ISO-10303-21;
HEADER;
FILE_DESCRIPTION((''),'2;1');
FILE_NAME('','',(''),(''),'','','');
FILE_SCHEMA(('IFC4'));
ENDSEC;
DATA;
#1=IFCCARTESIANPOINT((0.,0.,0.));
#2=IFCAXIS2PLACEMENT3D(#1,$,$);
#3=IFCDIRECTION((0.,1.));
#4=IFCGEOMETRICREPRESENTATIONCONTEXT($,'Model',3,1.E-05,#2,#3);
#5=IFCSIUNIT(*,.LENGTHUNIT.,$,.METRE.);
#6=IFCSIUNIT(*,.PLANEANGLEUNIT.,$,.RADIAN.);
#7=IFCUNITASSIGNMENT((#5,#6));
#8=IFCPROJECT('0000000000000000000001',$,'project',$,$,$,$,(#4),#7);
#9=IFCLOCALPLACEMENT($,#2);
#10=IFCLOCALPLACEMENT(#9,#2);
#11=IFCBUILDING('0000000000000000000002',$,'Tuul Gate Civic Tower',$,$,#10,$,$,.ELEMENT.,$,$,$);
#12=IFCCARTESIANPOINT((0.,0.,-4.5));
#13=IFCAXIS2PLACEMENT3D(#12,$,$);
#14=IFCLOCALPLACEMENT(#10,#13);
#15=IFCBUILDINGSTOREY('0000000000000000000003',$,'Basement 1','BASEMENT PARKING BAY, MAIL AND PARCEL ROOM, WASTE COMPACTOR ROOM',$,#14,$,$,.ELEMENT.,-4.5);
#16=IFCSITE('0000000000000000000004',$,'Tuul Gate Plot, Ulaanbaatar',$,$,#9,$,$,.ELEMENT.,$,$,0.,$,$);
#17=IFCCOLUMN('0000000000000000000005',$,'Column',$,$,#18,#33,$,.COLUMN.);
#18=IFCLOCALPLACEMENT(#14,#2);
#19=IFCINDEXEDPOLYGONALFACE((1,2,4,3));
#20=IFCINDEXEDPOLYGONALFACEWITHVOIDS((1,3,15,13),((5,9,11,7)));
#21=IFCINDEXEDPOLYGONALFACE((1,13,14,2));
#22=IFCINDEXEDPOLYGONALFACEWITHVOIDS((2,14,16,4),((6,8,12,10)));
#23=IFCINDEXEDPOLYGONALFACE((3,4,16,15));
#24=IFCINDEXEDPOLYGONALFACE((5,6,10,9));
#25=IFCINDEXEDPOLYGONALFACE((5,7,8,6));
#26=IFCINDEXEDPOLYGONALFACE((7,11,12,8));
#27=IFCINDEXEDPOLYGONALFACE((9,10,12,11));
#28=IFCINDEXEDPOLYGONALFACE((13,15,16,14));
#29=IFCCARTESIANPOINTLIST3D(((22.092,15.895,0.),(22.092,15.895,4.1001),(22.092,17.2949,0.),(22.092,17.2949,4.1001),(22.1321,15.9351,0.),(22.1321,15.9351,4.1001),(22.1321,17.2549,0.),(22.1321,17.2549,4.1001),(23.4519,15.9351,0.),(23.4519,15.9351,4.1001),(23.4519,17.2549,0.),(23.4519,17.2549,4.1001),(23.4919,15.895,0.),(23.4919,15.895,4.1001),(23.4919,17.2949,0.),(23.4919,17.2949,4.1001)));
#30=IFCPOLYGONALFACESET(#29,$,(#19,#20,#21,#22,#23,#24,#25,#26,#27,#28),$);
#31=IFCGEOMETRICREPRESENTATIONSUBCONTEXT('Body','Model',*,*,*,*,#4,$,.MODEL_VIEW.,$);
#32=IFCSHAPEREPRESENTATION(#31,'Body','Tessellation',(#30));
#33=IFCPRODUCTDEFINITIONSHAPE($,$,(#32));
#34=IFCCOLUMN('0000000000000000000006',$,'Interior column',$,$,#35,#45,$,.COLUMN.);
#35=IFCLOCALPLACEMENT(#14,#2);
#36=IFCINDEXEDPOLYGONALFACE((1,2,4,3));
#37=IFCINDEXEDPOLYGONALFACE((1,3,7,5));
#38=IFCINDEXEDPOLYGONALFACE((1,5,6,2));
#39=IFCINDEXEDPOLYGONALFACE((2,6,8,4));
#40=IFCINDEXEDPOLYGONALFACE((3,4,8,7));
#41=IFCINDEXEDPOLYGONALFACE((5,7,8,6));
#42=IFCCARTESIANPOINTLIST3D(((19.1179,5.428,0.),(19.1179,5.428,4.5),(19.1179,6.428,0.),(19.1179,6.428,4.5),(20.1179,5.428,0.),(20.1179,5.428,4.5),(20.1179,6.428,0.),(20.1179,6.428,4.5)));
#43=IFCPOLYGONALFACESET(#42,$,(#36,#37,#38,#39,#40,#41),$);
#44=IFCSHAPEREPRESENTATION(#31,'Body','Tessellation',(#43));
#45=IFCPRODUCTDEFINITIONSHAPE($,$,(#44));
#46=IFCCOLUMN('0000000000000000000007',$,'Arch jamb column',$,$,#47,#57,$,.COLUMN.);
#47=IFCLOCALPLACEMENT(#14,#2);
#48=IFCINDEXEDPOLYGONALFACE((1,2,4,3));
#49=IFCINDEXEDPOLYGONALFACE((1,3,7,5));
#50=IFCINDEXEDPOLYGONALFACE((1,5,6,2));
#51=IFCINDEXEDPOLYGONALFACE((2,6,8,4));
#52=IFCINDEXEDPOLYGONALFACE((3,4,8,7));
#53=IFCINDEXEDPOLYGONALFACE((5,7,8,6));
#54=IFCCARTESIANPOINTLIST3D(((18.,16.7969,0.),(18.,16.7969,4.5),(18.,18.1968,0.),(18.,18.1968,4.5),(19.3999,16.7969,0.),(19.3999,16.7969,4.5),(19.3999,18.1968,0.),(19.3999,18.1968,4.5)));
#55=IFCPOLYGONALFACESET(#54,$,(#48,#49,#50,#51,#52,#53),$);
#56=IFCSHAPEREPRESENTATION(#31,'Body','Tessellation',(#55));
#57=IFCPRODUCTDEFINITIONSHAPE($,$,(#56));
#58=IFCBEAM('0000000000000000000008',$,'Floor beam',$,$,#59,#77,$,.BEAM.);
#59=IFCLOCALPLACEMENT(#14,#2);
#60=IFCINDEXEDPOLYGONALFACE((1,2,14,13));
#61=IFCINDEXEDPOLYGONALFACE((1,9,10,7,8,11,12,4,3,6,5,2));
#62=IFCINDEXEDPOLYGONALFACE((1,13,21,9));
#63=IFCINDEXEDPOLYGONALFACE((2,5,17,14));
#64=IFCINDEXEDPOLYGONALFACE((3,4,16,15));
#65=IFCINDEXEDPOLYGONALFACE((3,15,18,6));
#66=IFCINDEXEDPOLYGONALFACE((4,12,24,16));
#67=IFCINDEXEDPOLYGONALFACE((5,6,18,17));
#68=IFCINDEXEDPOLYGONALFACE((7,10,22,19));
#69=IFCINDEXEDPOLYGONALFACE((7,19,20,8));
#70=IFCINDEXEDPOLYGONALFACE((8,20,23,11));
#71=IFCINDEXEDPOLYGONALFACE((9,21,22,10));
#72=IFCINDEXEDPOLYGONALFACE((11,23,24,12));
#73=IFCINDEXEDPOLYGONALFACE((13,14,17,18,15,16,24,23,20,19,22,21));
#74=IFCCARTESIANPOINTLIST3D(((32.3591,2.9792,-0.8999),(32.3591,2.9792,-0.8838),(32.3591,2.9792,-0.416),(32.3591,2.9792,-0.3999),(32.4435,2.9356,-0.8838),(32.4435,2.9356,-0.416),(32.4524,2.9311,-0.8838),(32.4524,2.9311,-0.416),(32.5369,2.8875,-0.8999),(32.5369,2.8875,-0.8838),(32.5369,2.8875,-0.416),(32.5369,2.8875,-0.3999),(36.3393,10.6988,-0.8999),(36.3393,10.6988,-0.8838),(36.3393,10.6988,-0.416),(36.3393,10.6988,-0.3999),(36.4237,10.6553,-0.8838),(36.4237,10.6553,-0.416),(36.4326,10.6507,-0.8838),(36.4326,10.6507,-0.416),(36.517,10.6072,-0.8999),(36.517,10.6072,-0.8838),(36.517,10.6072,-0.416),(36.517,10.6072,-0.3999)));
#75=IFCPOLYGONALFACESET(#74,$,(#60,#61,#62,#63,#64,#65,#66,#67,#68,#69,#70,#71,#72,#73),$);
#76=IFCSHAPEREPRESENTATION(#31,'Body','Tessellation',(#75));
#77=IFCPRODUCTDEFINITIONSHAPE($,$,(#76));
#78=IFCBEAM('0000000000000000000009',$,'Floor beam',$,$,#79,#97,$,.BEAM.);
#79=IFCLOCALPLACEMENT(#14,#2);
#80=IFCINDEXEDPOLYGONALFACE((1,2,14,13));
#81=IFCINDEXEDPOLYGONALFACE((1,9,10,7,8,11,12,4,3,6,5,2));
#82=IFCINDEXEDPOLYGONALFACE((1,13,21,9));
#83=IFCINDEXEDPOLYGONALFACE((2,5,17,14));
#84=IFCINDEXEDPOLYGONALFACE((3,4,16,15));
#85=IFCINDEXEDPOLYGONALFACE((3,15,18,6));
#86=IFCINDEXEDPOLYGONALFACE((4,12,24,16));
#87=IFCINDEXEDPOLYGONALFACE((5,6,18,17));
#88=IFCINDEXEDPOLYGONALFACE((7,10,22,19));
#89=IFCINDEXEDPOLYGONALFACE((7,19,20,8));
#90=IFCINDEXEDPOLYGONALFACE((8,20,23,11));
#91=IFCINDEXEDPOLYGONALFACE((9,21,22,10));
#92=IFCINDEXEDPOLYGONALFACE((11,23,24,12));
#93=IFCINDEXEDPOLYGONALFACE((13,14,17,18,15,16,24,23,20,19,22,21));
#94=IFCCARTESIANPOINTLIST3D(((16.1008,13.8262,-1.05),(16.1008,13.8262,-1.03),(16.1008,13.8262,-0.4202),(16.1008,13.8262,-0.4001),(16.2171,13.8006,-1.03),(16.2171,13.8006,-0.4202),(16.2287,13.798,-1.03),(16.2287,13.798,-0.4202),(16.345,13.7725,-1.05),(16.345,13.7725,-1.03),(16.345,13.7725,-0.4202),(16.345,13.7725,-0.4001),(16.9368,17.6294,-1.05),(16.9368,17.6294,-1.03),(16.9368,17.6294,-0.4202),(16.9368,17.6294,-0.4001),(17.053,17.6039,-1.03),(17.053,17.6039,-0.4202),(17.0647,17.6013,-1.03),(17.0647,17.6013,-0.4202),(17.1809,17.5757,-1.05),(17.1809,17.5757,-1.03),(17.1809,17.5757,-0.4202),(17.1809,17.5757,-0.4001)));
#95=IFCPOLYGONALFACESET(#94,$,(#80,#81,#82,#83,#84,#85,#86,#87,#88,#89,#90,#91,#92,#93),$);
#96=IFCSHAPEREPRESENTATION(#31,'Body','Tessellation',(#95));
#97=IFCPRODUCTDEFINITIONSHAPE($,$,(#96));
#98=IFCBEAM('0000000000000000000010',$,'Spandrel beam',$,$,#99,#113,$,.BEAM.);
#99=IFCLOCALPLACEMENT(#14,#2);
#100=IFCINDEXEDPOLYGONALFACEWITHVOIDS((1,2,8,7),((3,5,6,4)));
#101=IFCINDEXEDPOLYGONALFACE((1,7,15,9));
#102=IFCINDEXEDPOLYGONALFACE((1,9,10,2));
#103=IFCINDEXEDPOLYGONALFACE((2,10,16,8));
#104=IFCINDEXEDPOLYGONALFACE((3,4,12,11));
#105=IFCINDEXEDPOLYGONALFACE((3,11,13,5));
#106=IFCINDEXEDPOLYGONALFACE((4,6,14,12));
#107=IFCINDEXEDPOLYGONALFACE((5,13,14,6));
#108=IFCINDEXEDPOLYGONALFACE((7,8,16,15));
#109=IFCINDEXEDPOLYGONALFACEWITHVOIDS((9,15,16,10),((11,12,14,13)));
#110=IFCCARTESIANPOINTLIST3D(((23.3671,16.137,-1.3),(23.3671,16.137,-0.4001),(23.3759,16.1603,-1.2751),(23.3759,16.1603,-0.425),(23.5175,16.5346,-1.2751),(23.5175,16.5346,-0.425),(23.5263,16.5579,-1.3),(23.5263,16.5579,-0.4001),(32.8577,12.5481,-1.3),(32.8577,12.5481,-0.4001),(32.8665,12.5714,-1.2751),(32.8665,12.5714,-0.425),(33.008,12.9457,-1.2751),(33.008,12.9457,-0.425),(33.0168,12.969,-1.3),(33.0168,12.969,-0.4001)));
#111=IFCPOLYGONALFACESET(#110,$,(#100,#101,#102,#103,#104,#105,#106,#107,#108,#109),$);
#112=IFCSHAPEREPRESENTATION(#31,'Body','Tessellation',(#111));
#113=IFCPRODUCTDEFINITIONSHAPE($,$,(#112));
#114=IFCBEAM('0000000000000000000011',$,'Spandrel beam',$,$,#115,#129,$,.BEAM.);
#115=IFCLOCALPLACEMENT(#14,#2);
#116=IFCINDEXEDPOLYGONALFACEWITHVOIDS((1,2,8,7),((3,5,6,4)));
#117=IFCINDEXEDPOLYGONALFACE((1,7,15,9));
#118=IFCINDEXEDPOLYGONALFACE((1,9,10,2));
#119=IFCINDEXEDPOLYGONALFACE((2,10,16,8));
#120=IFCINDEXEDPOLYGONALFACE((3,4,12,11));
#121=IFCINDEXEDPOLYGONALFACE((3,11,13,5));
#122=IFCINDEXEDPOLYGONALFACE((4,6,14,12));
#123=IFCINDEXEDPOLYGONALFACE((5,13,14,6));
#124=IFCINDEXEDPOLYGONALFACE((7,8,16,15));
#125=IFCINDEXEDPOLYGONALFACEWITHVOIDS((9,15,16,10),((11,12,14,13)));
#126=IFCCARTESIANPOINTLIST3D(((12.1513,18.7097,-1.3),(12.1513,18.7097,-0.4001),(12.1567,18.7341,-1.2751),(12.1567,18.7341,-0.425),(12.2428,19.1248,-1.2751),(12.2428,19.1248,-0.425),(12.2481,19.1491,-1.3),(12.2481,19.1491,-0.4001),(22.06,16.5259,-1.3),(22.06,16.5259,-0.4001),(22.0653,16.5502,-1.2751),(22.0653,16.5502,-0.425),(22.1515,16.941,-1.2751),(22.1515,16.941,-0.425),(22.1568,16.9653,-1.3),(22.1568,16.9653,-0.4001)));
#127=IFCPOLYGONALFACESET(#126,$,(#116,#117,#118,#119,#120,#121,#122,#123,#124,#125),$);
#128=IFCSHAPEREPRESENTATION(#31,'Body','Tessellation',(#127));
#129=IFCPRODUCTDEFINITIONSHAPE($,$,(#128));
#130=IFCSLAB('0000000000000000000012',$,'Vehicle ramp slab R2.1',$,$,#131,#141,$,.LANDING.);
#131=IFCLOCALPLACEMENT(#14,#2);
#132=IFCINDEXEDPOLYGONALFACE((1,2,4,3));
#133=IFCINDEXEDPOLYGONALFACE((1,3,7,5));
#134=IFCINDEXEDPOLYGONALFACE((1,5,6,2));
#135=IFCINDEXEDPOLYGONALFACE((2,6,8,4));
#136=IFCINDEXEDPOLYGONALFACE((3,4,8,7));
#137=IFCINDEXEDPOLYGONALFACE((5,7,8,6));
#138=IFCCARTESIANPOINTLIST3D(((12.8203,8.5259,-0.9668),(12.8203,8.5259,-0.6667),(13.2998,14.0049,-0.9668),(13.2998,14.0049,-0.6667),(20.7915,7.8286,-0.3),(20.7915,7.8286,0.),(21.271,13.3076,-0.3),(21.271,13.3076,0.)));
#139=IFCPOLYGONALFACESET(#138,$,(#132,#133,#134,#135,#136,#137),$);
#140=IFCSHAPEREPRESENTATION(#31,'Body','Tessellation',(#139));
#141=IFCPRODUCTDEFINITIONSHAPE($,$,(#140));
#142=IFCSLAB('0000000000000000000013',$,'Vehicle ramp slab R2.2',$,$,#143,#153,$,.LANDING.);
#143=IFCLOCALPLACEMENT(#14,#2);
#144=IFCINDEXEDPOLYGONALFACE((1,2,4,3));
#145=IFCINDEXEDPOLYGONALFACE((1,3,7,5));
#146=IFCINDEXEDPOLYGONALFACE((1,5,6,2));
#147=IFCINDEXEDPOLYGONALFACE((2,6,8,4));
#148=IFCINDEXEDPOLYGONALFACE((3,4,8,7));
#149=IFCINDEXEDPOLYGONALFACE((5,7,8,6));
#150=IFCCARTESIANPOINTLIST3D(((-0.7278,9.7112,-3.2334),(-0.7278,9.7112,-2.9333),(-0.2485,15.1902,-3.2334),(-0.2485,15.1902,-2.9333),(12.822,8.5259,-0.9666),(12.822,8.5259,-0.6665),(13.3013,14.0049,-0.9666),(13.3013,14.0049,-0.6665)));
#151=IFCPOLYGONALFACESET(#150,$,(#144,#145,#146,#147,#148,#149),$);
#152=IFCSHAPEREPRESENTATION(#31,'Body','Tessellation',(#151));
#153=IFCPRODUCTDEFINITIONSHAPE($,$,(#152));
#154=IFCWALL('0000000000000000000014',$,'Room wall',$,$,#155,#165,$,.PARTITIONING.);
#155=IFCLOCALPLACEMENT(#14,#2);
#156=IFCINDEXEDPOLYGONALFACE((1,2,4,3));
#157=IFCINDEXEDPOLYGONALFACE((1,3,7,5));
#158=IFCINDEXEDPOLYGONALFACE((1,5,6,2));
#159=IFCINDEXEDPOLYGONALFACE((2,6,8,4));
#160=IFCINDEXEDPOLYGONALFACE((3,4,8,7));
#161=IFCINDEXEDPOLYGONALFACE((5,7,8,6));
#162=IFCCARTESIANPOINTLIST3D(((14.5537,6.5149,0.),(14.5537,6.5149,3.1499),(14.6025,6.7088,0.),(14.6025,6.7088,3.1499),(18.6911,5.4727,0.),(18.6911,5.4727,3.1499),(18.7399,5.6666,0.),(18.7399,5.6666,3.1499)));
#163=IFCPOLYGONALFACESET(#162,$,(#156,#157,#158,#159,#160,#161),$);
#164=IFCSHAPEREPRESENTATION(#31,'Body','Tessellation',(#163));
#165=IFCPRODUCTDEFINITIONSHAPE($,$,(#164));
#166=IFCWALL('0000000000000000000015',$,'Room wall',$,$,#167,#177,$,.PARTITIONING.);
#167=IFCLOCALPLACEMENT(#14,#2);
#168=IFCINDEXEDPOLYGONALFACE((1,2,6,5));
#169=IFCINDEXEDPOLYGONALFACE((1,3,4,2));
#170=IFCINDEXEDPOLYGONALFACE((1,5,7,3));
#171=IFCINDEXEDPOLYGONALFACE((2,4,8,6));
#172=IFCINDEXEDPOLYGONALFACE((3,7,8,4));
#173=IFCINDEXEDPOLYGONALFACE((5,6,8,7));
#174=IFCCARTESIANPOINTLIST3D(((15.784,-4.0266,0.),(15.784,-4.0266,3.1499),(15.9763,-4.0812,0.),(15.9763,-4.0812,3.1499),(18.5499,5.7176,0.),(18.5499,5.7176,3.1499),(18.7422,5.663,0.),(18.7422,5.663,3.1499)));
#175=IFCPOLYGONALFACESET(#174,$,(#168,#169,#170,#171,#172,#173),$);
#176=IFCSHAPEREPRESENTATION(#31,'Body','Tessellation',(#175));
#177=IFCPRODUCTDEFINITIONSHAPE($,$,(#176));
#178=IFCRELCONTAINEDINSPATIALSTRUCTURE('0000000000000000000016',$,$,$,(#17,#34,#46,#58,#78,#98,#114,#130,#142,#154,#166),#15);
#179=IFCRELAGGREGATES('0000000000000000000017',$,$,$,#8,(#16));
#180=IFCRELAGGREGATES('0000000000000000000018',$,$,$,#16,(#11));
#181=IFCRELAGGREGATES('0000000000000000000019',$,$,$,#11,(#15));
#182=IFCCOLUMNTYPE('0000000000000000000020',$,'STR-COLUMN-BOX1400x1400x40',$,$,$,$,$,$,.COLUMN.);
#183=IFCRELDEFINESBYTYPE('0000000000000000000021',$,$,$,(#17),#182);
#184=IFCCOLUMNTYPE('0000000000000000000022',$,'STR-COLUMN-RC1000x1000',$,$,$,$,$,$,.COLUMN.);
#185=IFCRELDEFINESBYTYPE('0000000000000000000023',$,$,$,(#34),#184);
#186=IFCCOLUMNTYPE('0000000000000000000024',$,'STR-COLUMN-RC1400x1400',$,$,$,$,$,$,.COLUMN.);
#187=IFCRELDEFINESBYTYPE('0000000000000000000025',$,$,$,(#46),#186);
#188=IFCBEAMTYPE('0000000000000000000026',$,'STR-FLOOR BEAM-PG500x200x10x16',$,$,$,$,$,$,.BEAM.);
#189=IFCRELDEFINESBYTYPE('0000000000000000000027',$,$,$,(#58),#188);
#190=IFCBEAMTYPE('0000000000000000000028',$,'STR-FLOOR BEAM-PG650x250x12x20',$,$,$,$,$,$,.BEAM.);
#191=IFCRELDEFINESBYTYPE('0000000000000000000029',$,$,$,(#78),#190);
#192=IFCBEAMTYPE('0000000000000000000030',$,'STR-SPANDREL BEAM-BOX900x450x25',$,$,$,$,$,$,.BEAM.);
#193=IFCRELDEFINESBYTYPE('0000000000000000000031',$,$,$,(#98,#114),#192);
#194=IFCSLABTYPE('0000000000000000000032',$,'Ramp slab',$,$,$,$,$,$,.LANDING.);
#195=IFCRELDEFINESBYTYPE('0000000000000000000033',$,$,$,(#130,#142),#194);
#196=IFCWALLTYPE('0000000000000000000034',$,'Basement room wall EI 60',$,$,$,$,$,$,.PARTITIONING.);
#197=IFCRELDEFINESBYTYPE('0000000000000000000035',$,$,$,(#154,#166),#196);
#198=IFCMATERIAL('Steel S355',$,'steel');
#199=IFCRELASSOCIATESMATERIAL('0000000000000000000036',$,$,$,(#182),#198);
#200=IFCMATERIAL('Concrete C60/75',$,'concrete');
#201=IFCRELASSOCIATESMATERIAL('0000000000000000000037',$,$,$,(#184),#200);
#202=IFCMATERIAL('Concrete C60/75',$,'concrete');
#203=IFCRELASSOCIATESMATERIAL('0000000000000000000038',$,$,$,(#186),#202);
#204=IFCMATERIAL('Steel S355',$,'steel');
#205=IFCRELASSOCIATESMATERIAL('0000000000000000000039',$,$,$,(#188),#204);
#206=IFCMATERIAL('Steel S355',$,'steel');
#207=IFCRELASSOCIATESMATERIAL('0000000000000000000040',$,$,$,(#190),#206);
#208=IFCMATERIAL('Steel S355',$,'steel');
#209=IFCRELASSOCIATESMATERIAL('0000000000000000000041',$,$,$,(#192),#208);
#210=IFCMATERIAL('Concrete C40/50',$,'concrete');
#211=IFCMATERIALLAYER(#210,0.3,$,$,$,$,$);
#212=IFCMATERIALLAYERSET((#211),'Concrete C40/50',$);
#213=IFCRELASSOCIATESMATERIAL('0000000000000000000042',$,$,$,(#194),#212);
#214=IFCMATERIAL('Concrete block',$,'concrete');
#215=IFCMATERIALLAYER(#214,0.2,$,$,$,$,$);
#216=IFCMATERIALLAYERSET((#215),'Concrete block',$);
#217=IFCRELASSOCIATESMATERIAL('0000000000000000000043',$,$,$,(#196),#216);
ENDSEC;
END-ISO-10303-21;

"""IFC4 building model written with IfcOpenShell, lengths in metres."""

from ifc_helpers import new_model, si_unit, direction, frame, frame_2d, origin, origin_2d, place, context, subcontext, project, spatial, polyline, rectangle, hollow_rectangle, i_section, outline, extrude, material, layer, layer_set, material_profile, profile_set, type_object, element, save


model = new_model("IFC4")

# Units and contexts
model_context = context("Model", 3, precision=1e-05, world=origin(), true_north=direction((0.0, 1.0)))
body_context = subcontext(model_context, "Body", "Model", "MODEL_VIEW")
ifc_project = project(units=[si_unit("LENGTHUNIT", "METRE"), si_unit("PLANEANGLEUNIT", "RADIAN")], contexts=[model_context])

# Site, building, storey
site_placement = place(None, origin())
site = spatial("IfcSite", under=ifc_project, at=site_placement, Name="Tuul Gate Plot, Ulaanbaatar", CompositionType="ELEMENT", RefElevation=0.0)
building_placement = place(site_placement, origin())
building = spatial("IfcBuilding", under=site, at=building_placement, Name="Tuul Gate Civic Tower", CompositionType="ELEMENT")
storey_placement = place(building_placement, frame((0.0, 0.0, -4.5)))
storey = spatial("IfcBuildingStorey", under=building, at=storey_placement, Name="Basement 1", Description="BASEMENT PARKING BAY, MAIL AND PARCEL ROOM, WASTE COMPACTOR ROOM", CompositionType="ELEMENT", Elevation=-4.5)

# Columns
ifc_material_1 = material(Name="Steel S355", Category="steel")
ifc_material_profile_1 = material_profile(ifc_material_1, hollow_rectangle(XDim=1.3999, YDim=1.3999, WallThickness=0.04, at=origin_2d()), Name="BOX1400x1400x40")
ifc_profile_set_1 = profile_set([ifc_material_profile_1], Name="Steel S355")
column_type_1 = type_object("IfcColumnType", Name="STR-COLUMN-BOX1400x1400x40", PredefinedType="COLUMN", material=ifc_profile_set_1)
column_1_placement = place(storey_placement, frame((22.792, 16.595, 0.0), z_axis=(0.0, 0.0, 1.0), x_axis=(1.0, 0.0, 0.0)))
element("IfcColumn", 1, at=column_1_placement, inside=storey, type_object=column_type_1, Name="Column", PredefinedType="COLUMN", context=body_context, shape_type="SweptSolid", body=[
    extrude(hollow_rectangle(XDim=1.3999, YDim=1.3999, WallThickness=0.04, at=origin_2d()), origin(), (0.0, 0.0, 1.0), 4.1001),
])
ifc_material_2 = material(Name="Concrete C60/75", Category="concrete")
ifc_material_profile_2 = material_profile(ifc_material_2, rectangle(XDim=1.0, YDim=1.0, at=origin_2d()), Name="RC1000x1000")
ifc_profile_set_2 = profile_set([ifc_material_profile_2], Name="Concrete C60/75")
column_type_2 = type_object("IfcColumnType", Name="STR-COLUMN-RC1000x1000", PredefinedType="COLUMN", material=ifc_profile_set_2)
column_2_placement = place(storey_placement, frame((19.6179, 5.928, 0.0), z_axis=(0.0, 0.0, 1.0), x_axis=(1.0, 0.0, 0.0)))
element("IfcColumn", 2, at=column_2_placement, inside=storey, type_object=column_type_2, Name="Interior column", PredefinedType="COLUMN", context=body_context, shape_type="SweptSolid", body=[
    extrude(rectangle(XDim=1.0, YDim=1.0, at=origin_2d()), origin(), (0.0, 0.0, 1.0), 4.5),
])
ifc_material_3 = material(Name="Concrete C60/75", Category="concrete")
ifc_material_profile_3 = material_profile(ifc_material_3, rectangle(XDim=1.3999, YDim=1.3999, at=origin_2d()), Name="RC1400x1400")
ifc_profile_set_3 = profile_set([ifc_material_profile_3], Name="Concrete C60/75")
column_type_3 = type_object("IfcColumnType", Name="STR-COLUMN-RC1400x1400", PredefinedType="COLUMN", material=ifc_profile_set_3)
column_3_placement = place(storey_placement, frame((18.7, 17.4968, 0.0), z_axis=(0.0, 0.0, 1.0), x_axis=(1.0, 0.0, 0.0)))
element("IfcColumn", 3, at=column_3_placement, inside=storey, type_object=column_type_3, Name="Arch jamb column", PredefinedType="COLUMN", context=body_context, shape_type="SweptSolid", body=[
    extrude(rectangle(XDim=1.3999, YDim=1.3999, at=origin_2d()), origin(), (0.0, 0.0, 1.0), 4.5),
])

# Beams
ifc_material_4 = material(Name="Steel S355", Category="steel")
ifc_material_profile_4 = material_profile(ifc_material_4, i_section(OverallWidth=0.2, OverallDepth=0.5, WebThickness=0.01, FlangeThickness=0.0161, at=origin_2d()), Name="PG500x200x10x16")
ifc_profile_set_4 = profile_set([ifc_material_profile_4], Name="Steel S355")
beam_type_1 = type_object("IfcBeamType", Name="STR-FLOOR BEAM-PG500x200x10x16", PredefinedType="BEAM", material=ifc_profile_set_4)
beam_1_placement = place(storey_placement, frame((32.448, 2.9333, -0.6499), z_axis=(0.458266, 0.888815, 0.0), x_axis=(-0.888815, 0.458266, 0.0)))
element("IfcBeam", 4, at=beam_1_placement, inside=storey, type_object=beam_type_1, Name="Floor beam", PredefinedType="BEAM", context=body_context, shape_type="SweptSolid", body=[
    extrude(i_section(OverallWidth=0.2, OverallDepth=0.5, WebThickness=0.01, FlangeThickness=0.0161, at=origin_2d()), origin(), (0.0, 0.0, 1.0), 8.6853),
])
ifc_material_5 = material(Name="Steel S355", Category="steel")
ifc_material_profile_5 = material_profile(ifc_material_5, i_section(OverallWidth=0.25, OverallDepth=0.6499, WebThickness=0.012, FlangeThickness=0.02, at=origin_2d()), Name="PG650x250x12x20")
ifc_profile_set_5 = profile_set([ifc_material_profile_5], Name="Steel S355")
beam_type_2 = type_object("IfcBeamType", Name="STR-FLOOR BEAM-PG650x250x12x20", PredefinedType="BEAM", material=ifc_profile_set_5)
beam_2_placement = place(storey_placement, frame((16.2229, 13.7993, -0.7251), z_axis=(0.214673, 0.976686, 0.0), x_axis=(-0.976686, 0.214673, 0.0)))
element("IfcBeam", 5, at=beam_2_placement, inside=storey, type_object=beam_type_2, Name="Floor beam", PredefinedType="BEAM", context=body_context, shape_type="SweptSolid", body=[
    extrude(i_section(OverallWidth=0.25, OverallDepth=0.6499, WebThickness=0.012, FlangeThickness=0.02, at=origin_2d()), origin(), (0.0, 0.0, 1.0), 3.894),
])
ifc_material_6 = material(Name="Steel S355", Category="steel")
ifc_material_profile_6 = material_profile(ifc_material_6, hollow_rectangle(XDim=0.45, YDim=0.8999, WallThickness=0.0249, at=origin_2d()), Name="BOX900x450x25")
ifc_profile_set_6 = profile_set([ifc_material_profile_6], Name="Steel S355")
beam_type_3 = type_object("IfcBeamType", Name="STR-SPANDREL BEAM-BOX900x450x25", PredefinedType="BEAM", material=ifc_profile_set_6)
for number, where, z_axis, x_axis, name in (
    (6, (32.9373, 12.7585, -0.8501), (-0.935356, 0.353709, 0.0), (-0.353709, -0.935356, 0.0), "Spandrel beam"),
    (7, (22.1084, 16.7456, -0.8501), (-0.976563, 0.215231, 0.0), (-0.215231, -0.976563, 0.0), "Spandrel beam"),
):
    element("IfcBeam", number, at=place(storey_placement, frame(where, z_axis=z_axis, x_axis=x_axis)), inside=storey, type_object=beam_type_3, Name=name, PredefinedType="BEAM", context=body_context, shape_type="SweptSolid", body=[
        extrude(hollow_rectangle(XDim=0.45, YDim=0.8999, WallThickness=0.0249, at=origin_2d()), origin(), (0.0, 0.0, 1.0), 10.1465),
    ])

# Slabs
ifc_material_7 = material(Name="Concrete C40/50", Category="concrete")
ifc_layer_1 = layer(ifc_material_7, 0.3)
ifc_layer_set_1 = layer_set([ifc_layer_1], Name="Concrete C40/50")
slab_type = type_object("IfcSlabType", Name="Ramp slab", PredefinedType="LANDING", material=ifc_layer_set_1)
slab_1_placement = place(storey_placement, frame((20.7915, 7.8286, 0.0), z_axis=(-0.082723, 0.007239, 0.996546), x_axis=(-0.992755, 0.08684, -0.083039)))
element("IfcSlab", 8, at=slab_1_placement, inside=storey, type_object=slab_type, Name="Vehicle ramp slab R2.1", PredefinedType="LANDING", context=body_context, shape_type="SweptSolid", body=[
    extrude(outline(polyline([(0.0, 0.0), (8.0294, 0.0), (8.0291, -5.4999), (-0.0002, -5.4999), (0.0, 0.0)])), origin(), (0.083039, -0.000003, -0.996546), 0.3),
])
slab_2_placement = place(storey_placement, frame((12.822, 8.5259, -0.6665), z_axis=(-0.163768, 0.014325, 0.986395), x_axis=(-0.982642, 0.085959, -0.164393)))
element("IfcSlab", 9, at=slab_2_placement, inside=storey, type_object=slab_type, Name="Vehicle ramp slab R2.2", PredefinedType="LANDING", context=body_context, shape_type="SweptSolid", body=[
    extrude(outline(polyline([(0.0, 0.0), (13.7892, 0.0), (13.7892, -5.4999), (0.0, -5.4999), (0.0, 0.0)])), origin(), (0.164393, 0.000001, -0.986395), 0.3),
])

# Walls
ifc_material_8 = material(Name="Concrete block", Category="concrete")
ifc_layer_2 = layer(ifc_material_8, 0.2)
ifc_layer_set_2 = layer_set([ifc_layer_2], Name="Concrete block")
wall_type_1 = type_object("IfcWallType", Name="Basement room wall EI 60", PredefinedType="PARTITIONING", material=ifc_layer_set_2)
wall_1_placement = place(storey_placement, frame((14.5781, 6.6118, 0.0), z_axis=(0.0, 0.0, 1.0), x_axis=(0.969707, -0.244272, 0.0)))
element("IfcWall", 10, at=wall_1_placement, inside=storey, type_object=wall_type_1, Name="Room wall", PredefinedType="PARTITIONING", context=body_context, shape_type="SweptSolid", body=[
    extrude(rectangle(XDim=4.2666, YDim=0.2, at=frame_2d((2.1333, 0.0))), origin(), (0.0, 0.0, 1.0), 3.1499),
])
wall_2_placement = place(storey_placement, frame((18.646, 5.6902, 0.0), z_axis=(0.0, 0.0, 1.0), x_axis=(-0.273062, -0.961996, 0.0)))
element("IfcWall", 11, at=wall_2_placement, inside=storey, type_object=wall_type_1, Name="Room wall", PredefinedType="PARTITIONING", context=body_context, shape_type="SweptSolid", body=[
    extrude(rectangle(XDim=10.1292, YDim=0.2, at=frame_2d((5.0645, 0.0))), origin(), (0.0, 0.0, 1.0), 3.1499),
])

save(model, "model.ifc")
